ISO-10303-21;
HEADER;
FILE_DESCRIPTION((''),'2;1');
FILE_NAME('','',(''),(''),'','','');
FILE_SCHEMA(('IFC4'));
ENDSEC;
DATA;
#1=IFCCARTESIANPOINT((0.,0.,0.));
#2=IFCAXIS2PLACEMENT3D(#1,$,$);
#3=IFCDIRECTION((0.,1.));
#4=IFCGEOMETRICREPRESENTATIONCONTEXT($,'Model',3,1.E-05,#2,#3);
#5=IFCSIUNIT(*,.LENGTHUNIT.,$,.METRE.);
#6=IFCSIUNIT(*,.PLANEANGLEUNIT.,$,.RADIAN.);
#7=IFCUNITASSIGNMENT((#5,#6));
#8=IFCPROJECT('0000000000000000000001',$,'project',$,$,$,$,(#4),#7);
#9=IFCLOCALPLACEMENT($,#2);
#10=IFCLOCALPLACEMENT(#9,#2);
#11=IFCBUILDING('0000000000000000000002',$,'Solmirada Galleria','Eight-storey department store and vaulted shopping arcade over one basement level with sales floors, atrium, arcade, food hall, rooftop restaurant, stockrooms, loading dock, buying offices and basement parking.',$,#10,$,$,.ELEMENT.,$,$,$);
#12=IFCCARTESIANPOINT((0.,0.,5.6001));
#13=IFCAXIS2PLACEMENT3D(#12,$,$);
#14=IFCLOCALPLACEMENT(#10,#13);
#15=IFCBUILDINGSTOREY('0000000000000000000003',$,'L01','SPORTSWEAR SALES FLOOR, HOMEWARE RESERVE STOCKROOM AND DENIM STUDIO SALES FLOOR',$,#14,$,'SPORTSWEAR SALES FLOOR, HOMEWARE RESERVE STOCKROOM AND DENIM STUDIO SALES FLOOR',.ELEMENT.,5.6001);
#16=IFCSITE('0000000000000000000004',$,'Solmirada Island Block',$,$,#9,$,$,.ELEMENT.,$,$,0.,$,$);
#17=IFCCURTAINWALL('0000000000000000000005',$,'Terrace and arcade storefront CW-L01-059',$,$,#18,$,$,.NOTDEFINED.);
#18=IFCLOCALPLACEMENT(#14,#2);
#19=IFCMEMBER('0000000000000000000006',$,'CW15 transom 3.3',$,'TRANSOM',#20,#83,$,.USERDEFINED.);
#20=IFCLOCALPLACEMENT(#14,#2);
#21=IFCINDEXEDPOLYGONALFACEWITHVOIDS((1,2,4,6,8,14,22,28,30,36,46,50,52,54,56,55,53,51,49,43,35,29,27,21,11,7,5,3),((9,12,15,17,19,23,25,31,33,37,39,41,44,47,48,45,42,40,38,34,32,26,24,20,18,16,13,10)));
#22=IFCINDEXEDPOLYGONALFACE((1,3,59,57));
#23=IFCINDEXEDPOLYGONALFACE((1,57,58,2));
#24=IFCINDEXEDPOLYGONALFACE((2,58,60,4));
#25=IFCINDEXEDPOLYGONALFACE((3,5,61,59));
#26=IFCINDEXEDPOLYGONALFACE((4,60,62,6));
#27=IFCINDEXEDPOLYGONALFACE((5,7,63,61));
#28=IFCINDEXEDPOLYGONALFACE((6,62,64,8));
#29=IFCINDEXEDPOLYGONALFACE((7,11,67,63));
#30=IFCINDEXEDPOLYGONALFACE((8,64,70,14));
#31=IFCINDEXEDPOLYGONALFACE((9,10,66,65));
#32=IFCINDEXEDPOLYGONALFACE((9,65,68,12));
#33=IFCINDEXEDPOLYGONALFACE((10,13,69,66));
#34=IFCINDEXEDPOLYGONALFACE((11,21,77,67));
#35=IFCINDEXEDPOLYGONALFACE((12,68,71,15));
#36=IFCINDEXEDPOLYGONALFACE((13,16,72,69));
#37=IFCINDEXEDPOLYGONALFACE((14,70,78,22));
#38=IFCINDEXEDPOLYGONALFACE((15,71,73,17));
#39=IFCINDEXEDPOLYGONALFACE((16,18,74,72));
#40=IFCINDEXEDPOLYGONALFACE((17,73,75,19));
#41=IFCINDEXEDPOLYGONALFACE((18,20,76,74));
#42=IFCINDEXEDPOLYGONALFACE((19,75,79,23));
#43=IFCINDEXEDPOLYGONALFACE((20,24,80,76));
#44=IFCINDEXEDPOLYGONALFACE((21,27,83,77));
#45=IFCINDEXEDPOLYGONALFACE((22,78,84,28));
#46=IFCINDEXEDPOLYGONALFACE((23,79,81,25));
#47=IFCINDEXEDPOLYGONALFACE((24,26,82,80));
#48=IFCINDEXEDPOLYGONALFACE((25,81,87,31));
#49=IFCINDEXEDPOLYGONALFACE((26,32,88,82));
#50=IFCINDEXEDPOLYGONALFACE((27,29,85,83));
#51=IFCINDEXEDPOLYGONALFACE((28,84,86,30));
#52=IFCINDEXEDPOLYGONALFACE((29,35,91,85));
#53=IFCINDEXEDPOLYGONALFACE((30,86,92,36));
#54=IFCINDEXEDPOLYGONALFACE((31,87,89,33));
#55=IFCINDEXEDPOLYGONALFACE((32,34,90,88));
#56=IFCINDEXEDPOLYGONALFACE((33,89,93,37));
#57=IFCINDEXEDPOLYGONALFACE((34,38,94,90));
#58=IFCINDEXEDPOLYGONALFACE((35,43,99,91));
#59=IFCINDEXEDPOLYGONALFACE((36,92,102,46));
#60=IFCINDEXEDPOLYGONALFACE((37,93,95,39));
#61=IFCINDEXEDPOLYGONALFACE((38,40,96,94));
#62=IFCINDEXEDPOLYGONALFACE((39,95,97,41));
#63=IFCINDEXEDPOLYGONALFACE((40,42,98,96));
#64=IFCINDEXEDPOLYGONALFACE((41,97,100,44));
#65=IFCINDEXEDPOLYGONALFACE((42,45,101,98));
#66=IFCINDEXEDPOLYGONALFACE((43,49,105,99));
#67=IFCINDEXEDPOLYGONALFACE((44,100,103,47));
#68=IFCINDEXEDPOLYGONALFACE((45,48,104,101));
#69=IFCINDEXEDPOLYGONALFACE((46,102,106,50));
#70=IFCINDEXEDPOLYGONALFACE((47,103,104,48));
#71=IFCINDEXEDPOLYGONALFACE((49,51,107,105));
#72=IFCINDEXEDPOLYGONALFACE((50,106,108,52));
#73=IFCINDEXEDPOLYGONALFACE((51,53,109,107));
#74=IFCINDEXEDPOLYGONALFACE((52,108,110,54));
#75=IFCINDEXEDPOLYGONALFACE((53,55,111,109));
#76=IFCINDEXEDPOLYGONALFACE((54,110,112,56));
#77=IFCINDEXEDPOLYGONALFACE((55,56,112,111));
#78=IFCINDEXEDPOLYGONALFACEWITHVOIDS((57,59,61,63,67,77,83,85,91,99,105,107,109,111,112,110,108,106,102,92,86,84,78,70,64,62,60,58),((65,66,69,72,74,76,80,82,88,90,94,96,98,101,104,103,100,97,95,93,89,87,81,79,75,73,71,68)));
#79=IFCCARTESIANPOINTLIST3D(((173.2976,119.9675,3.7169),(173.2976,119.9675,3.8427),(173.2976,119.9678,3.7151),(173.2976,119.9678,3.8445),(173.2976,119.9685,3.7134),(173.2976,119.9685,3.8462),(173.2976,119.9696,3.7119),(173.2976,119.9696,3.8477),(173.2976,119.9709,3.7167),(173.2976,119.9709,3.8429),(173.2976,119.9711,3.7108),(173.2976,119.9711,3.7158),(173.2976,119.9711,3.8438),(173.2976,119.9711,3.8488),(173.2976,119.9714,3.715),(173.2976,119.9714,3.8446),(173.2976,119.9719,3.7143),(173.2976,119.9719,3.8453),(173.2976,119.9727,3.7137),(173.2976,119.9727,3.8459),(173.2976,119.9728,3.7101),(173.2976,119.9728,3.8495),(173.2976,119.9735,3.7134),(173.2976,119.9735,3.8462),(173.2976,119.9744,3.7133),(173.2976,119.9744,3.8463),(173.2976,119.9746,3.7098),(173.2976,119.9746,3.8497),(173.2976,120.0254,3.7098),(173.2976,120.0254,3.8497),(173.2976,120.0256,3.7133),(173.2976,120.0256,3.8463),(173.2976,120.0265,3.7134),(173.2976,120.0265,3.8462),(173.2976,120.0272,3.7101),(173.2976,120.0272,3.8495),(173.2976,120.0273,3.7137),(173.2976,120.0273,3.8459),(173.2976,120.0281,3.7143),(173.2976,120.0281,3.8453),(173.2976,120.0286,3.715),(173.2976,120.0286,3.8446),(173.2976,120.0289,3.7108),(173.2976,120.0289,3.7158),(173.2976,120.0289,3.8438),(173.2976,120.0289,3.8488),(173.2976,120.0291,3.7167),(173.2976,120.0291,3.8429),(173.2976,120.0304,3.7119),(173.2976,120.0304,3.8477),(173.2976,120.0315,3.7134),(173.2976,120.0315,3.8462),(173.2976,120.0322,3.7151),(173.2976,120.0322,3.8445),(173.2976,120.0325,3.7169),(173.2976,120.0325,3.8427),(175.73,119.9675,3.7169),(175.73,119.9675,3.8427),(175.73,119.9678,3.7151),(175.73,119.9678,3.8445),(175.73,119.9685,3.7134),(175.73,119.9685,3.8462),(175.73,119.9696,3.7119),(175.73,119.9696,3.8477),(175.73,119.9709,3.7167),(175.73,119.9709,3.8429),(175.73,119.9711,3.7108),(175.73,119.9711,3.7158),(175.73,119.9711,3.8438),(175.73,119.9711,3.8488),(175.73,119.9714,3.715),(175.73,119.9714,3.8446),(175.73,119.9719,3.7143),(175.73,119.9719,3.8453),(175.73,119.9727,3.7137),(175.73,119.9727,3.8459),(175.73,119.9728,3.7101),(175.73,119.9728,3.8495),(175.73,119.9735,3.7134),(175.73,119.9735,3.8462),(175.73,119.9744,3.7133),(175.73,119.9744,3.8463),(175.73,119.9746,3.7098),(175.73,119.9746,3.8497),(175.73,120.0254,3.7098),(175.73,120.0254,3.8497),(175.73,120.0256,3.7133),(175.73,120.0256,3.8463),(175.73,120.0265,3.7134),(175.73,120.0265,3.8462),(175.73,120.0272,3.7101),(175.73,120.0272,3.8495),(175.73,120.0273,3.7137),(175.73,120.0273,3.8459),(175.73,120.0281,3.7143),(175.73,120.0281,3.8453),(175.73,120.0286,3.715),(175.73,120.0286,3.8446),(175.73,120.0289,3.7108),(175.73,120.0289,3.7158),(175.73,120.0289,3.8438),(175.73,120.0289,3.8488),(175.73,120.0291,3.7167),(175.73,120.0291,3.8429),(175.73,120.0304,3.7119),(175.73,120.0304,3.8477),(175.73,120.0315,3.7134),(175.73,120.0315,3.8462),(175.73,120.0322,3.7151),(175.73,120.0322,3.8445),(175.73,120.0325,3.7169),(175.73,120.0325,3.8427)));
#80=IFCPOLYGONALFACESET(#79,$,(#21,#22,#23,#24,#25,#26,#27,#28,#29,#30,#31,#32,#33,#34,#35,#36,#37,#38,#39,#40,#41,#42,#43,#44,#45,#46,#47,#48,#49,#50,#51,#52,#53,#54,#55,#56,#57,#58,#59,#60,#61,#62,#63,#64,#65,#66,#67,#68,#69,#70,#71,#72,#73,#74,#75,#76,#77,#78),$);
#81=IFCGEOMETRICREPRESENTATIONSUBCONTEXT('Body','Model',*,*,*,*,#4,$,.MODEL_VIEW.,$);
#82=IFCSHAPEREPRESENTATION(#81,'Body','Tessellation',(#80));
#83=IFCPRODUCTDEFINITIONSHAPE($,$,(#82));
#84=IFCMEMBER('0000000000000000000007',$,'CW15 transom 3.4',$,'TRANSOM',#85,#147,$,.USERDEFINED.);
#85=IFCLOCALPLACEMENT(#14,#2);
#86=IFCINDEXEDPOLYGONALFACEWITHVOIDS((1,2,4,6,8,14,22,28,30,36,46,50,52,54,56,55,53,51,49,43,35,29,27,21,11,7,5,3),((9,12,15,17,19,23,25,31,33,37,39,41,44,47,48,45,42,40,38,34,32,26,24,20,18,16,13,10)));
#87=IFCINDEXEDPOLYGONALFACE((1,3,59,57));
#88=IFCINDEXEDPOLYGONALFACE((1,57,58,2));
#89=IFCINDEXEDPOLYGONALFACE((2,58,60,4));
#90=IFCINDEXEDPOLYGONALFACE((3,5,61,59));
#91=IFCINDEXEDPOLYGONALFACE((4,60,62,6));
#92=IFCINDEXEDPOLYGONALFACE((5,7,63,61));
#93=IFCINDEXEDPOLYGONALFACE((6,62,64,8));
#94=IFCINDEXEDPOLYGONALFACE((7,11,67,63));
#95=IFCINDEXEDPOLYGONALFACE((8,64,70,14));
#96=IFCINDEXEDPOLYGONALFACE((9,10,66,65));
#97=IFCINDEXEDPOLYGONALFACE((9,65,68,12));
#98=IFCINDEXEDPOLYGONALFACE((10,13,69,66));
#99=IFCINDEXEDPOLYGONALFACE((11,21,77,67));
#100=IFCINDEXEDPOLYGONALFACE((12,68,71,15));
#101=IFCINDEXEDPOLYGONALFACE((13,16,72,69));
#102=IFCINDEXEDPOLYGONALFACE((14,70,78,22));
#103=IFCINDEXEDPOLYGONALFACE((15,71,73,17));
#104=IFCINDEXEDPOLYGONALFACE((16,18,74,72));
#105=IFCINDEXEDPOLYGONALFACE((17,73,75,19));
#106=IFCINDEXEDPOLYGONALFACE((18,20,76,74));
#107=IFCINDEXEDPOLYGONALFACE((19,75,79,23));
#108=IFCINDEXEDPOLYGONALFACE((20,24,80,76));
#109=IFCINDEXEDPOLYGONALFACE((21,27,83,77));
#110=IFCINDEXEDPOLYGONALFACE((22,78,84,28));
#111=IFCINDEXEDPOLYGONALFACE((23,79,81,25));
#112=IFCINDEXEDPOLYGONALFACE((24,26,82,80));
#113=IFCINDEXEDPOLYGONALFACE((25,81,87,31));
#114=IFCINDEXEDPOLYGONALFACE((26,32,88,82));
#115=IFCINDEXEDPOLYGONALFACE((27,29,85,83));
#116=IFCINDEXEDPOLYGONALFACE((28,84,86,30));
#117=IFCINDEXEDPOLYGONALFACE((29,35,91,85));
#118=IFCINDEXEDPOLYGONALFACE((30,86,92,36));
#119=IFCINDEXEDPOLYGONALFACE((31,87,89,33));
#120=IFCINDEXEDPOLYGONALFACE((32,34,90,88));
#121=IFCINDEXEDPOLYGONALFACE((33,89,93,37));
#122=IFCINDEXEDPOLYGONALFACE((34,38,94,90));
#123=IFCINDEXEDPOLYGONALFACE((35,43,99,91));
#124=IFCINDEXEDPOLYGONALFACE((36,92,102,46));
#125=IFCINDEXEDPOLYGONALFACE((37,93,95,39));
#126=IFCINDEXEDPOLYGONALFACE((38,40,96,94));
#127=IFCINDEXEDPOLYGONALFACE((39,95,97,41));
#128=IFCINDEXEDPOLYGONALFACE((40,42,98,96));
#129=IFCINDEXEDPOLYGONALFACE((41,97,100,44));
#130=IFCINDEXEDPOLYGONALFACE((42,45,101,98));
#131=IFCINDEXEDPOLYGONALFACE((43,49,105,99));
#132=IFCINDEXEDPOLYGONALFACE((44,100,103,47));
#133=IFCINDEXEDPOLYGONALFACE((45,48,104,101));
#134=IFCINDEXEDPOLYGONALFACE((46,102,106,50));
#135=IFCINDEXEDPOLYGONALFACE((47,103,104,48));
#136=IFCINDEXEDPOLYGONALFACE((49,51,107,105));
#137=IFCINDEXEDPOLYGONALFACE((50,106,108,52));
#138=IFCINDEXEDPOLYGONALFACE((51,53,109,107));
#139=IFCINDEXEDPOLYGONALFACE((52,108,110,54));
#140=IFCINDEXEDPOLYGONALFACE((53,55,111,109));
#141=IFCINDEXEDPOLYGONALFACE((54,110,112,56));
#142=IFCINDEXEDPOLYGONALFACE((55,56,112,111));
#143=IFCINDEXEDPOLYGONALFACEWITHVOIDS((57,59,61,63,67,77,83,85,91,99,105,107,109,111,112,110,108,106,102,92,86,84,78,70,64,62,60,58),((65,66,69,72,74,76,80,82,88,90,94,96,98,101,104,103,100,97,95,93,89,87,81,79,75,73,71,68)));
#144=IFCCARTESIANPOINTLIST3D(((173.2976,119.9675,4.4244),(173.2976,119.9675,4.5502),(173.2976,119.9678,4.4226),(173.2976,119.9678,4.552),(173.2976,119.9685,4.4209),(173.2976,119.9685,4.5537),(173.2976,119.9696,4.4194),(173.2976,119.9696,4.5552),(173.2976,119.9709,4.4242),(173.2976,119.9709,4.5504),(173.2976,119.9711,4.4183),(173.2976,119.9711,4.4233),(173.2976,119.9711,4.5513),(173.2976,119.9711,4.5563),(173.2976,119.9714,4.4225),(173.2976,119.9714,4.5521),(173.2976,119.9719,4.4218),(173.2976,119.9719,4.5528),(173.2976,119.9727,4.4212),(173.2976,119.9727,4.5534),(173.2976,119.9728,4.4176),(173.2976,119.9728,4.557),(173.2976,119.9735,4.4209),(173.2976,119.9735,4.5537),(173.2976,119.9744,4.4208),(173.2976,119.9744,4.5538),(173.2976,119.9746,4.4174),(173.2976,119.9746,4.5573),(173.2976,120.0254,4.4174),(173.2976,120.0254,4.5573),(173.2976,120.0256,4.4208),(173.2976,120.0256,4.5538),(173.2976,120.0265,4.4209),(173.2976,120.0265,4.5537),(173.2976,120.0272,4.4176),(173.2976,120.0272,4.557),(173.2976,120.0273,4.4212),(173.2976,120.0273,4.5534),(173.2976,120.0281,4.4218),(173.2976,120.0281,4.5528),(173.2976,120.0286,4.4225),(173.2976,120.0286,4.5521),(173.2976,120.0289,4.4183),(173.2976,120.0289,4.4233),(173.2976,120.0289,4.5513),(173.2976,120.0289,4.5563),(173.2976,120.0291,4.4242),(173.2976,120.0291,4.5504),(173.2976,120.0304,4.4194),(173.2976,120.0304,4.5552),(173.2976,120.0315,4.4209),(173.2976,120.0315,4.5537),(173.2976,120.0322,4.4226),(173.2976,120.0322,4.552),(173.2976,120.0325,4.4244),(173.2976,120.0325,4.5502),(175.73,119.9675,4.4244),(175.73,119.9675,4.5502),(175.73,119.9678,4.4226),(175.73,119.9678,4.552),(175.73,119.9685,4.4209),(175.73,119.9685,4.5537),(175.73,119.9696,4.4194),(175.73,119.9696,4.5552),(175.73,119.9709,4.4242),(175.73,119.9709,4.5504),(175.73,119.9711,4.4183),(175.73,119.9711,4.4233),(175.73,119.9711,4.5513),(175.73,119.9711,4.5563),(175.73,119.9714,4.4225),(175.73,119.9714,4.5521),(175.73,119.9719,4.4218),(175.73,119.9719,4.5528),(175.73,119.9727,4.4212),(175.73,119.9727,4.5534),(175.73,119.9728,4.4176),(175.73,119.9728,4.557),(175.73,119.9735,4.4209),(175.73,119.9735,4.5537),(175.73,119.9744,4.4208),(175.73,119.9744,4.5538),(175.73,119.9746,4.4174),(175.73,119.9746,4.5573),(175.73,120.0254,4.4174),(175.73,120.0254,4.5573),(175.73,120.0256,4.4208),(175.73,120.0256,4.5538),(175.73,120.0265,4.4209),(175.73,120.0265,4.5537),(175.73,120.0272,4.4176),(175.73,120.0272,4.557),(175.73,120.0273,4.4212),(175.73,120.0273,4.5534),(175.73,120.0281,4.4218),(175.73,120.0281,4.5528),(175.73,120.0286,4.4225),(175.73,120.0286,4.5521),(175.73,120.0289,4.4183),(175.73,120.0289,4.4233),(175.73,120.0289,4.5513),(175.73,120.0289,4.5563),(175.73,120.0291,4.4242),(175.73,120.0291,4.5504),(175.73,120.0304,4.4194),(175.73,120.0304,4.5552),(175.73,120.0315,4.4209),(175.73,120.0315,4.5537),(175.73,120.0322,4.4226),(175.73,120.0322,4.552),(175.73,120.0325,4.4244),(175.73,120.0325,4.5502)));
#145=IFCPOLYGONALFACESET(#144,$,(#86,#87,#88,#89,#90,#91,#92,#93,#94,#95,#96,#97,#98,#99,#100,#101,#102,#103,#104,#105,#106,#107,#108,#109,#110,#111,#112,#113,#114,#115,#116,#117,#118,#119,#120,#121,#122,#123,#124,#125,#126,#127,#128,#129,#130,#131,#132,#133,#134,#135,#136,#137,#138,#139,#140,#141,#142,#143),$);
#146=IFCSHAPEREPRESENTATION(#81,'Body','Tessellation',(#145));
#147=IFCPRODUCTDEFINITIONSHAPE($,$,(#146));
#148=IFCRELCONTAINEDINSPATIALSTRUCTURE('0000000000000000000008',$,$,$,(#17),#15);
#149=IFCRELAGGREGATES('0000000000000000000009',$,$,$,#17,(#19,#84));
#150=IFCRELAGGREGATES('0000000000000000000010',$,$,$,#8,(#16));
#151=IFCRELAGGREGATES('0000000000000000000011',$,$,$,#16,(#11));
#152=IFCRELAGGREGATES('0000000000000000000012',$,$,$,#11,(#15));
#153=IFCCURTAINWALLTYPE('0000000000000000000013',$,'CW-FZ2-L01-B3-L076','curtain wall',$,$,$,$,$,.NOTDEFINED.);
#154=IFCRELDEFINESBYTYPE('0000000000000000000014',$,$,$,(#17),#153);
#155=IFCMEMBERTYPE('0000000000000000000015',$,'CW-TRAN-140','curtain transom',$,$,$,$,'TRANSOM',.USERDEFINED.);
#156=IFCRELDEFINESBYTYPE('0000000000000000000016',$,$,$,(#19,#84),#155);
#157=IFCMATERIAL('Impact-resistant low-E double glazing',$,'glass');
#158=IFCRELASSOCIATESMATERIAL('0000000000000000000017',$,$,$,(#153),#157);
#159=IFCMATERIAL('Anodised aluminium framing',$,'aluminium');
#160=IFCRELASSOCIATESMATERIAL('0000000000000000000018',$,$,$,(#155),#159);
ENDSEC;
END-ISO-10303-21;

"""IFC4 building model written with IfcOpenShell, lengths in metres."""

from ifc_helpers import new_model, si_unit, direction, frame, origin, origin_2d, place, context, subcontext, project, spatial, hollow_rectangle, extrude, material, material_profile, profile_set, type_object, element, aggregate, save


model = new_model("IFC4")

# Units and contexts
model_context = context("Model", 3, precision=1e-05, world=origin(), true_north=direction((0.0, 1.0)))
body_context = subcontext(model_context, "Body", "Model", "MODEL_VIEW")
ifc_project = project(units=[si_unit("LENGTHUNIT", "METRE"), si_unit("PLANEANGLEUNIT", "RADIAN")], contexts=[model_context])

# Site, building, storey
site_placement = place(None, origin())
site = spatial("IfcSite", under=ifc_project, at=site_placement, Name="Solmirada Island Block", CompositionType="ELEMENT", RefElevation=0.0)
building_placement = place(site_placement, origin())
building = spatial("IfcBuilding", under=site, at=building_placement, Name="Solmirada Galleria", Description="Eight-storey department store and vaulted shopping arcade over one basement level with sales floors, atrium, arcade, food hall, rooftop restaurant, stockrooms, loading dock, buying offices and basement parking.", CompositionType="ELEMENT")
storey_placement = place(building_placement, frame((0.0, 0.0, 5.6001)))
storey = spatial("IfcBuildingStorey", under=building, at=storey_placement, Name="L01", Description="SPORTSWEAR SALES FLOOR, HOMEWARE RESERVE STOCKROOM AND DENIM STUDIO SALES FLOOR", LongName="SPORTSWEAR SALES FLOOR, HOMEWARE RESERVE STOCKROOM AND DENIM STUDIO SALES FLOOR", CompositionType="ELEMENT", Elevation=5.6001)

# Curtain wall
ifc_material_1 = material(Name="Impact-resistant low-E double glazing", Category="glass")
curtain_wall_type = type_object("IfcCurtainWallType", Name="CW-FZ2-L01-B3-L076", Description="curtain wall", PredefinedType="NOTDEFINED", material=ifc_material_1)
curtain_wall_1_placement = place(storey_placement, origin())
curtain_wall_1 = element("IfcCurtainWall", 1, at=curtain_wall_1_placement, inside=storey, type_object=curtain_wall_type, Name="Terrace and arcade storefront CW-L01-059", PredefinedType="NOTDEFINED")
ifc_material_2 = material(Name="Anodised aluminium framing", Category="aluminium")

# Members
ifc_material_profile_1 = material_profile(ifc_material_2, hollow_rectangle(XDim=0.0649, YDim=0.1399, WallThickness=0.0034, InnerFilletRadius=0.0034, OuterFilletRadius=0.0071, at=origin_2d()), Name="ALU-TRAN-140X65")
ifc_profile_set_1 = profile_set([ifc_material_profile_1], Name="Anodised aluminium framing")
member_type_1 = type_object("IfcMemberType", Name="CW-TRAN-140", Description="curtain transom", ElementType="TRANSOM", PredefinedType="USERDEFINED", material=ifc_profile_set_1)
member_1_placement = place(storey_placement, frame((173.2976, 120.0, 3.7798), z_axis=(1.0, 0.0, 0.0), x_axis=(0.0, 1.0, 0.0)))
member_1 = element("IfcMember", 2, at=member_1_placement, type_object=member_type_1, Name="CW15 transom 3.3", ObjectType="TRANSOM", PredefinedType="USERDEFINED", context=body_context, shape_type="SweptSolid", body=[
    extrude(hollow_rectangle(XDim=0.0649, YDim=0.1399, WallThickness=0.0034, InnerFilletRadius=0.0034, OuterFilletRadius=0.0071, at=origin_2d()), origin(), (0.0, 0.0, 1.0), 2.4324),
])
member_2_placement = place(storey_placement, frame((173.2976, 120.0, 4.4873), z_axis=(1.0, 0.0, 0.0), x_axis=(0.0, 1.0, 0.0)))
member_2 = element("IfcMember", 3, at=member_2_placement, type_object=member_type_1, Name="CW15 transom 3.4", ObjectType="TRANSOM", PredefinedType="USERDEFINED", context=body_context, shape_type="SweptSolid", body=[
    extrude(hollow_rectangle(XDim=0.0649, YDim=0.1399, WallThickness=0.0034, InnerFilletRadius=0.0034, OuterFilletRadius=0.0071, at=origin_2d()), origin(), (0.0, 0.0, 1.0), 2.4324),
])

aggregate(curtain_wall_1, [member_1, member_2])

save(model, "model.ifc")
